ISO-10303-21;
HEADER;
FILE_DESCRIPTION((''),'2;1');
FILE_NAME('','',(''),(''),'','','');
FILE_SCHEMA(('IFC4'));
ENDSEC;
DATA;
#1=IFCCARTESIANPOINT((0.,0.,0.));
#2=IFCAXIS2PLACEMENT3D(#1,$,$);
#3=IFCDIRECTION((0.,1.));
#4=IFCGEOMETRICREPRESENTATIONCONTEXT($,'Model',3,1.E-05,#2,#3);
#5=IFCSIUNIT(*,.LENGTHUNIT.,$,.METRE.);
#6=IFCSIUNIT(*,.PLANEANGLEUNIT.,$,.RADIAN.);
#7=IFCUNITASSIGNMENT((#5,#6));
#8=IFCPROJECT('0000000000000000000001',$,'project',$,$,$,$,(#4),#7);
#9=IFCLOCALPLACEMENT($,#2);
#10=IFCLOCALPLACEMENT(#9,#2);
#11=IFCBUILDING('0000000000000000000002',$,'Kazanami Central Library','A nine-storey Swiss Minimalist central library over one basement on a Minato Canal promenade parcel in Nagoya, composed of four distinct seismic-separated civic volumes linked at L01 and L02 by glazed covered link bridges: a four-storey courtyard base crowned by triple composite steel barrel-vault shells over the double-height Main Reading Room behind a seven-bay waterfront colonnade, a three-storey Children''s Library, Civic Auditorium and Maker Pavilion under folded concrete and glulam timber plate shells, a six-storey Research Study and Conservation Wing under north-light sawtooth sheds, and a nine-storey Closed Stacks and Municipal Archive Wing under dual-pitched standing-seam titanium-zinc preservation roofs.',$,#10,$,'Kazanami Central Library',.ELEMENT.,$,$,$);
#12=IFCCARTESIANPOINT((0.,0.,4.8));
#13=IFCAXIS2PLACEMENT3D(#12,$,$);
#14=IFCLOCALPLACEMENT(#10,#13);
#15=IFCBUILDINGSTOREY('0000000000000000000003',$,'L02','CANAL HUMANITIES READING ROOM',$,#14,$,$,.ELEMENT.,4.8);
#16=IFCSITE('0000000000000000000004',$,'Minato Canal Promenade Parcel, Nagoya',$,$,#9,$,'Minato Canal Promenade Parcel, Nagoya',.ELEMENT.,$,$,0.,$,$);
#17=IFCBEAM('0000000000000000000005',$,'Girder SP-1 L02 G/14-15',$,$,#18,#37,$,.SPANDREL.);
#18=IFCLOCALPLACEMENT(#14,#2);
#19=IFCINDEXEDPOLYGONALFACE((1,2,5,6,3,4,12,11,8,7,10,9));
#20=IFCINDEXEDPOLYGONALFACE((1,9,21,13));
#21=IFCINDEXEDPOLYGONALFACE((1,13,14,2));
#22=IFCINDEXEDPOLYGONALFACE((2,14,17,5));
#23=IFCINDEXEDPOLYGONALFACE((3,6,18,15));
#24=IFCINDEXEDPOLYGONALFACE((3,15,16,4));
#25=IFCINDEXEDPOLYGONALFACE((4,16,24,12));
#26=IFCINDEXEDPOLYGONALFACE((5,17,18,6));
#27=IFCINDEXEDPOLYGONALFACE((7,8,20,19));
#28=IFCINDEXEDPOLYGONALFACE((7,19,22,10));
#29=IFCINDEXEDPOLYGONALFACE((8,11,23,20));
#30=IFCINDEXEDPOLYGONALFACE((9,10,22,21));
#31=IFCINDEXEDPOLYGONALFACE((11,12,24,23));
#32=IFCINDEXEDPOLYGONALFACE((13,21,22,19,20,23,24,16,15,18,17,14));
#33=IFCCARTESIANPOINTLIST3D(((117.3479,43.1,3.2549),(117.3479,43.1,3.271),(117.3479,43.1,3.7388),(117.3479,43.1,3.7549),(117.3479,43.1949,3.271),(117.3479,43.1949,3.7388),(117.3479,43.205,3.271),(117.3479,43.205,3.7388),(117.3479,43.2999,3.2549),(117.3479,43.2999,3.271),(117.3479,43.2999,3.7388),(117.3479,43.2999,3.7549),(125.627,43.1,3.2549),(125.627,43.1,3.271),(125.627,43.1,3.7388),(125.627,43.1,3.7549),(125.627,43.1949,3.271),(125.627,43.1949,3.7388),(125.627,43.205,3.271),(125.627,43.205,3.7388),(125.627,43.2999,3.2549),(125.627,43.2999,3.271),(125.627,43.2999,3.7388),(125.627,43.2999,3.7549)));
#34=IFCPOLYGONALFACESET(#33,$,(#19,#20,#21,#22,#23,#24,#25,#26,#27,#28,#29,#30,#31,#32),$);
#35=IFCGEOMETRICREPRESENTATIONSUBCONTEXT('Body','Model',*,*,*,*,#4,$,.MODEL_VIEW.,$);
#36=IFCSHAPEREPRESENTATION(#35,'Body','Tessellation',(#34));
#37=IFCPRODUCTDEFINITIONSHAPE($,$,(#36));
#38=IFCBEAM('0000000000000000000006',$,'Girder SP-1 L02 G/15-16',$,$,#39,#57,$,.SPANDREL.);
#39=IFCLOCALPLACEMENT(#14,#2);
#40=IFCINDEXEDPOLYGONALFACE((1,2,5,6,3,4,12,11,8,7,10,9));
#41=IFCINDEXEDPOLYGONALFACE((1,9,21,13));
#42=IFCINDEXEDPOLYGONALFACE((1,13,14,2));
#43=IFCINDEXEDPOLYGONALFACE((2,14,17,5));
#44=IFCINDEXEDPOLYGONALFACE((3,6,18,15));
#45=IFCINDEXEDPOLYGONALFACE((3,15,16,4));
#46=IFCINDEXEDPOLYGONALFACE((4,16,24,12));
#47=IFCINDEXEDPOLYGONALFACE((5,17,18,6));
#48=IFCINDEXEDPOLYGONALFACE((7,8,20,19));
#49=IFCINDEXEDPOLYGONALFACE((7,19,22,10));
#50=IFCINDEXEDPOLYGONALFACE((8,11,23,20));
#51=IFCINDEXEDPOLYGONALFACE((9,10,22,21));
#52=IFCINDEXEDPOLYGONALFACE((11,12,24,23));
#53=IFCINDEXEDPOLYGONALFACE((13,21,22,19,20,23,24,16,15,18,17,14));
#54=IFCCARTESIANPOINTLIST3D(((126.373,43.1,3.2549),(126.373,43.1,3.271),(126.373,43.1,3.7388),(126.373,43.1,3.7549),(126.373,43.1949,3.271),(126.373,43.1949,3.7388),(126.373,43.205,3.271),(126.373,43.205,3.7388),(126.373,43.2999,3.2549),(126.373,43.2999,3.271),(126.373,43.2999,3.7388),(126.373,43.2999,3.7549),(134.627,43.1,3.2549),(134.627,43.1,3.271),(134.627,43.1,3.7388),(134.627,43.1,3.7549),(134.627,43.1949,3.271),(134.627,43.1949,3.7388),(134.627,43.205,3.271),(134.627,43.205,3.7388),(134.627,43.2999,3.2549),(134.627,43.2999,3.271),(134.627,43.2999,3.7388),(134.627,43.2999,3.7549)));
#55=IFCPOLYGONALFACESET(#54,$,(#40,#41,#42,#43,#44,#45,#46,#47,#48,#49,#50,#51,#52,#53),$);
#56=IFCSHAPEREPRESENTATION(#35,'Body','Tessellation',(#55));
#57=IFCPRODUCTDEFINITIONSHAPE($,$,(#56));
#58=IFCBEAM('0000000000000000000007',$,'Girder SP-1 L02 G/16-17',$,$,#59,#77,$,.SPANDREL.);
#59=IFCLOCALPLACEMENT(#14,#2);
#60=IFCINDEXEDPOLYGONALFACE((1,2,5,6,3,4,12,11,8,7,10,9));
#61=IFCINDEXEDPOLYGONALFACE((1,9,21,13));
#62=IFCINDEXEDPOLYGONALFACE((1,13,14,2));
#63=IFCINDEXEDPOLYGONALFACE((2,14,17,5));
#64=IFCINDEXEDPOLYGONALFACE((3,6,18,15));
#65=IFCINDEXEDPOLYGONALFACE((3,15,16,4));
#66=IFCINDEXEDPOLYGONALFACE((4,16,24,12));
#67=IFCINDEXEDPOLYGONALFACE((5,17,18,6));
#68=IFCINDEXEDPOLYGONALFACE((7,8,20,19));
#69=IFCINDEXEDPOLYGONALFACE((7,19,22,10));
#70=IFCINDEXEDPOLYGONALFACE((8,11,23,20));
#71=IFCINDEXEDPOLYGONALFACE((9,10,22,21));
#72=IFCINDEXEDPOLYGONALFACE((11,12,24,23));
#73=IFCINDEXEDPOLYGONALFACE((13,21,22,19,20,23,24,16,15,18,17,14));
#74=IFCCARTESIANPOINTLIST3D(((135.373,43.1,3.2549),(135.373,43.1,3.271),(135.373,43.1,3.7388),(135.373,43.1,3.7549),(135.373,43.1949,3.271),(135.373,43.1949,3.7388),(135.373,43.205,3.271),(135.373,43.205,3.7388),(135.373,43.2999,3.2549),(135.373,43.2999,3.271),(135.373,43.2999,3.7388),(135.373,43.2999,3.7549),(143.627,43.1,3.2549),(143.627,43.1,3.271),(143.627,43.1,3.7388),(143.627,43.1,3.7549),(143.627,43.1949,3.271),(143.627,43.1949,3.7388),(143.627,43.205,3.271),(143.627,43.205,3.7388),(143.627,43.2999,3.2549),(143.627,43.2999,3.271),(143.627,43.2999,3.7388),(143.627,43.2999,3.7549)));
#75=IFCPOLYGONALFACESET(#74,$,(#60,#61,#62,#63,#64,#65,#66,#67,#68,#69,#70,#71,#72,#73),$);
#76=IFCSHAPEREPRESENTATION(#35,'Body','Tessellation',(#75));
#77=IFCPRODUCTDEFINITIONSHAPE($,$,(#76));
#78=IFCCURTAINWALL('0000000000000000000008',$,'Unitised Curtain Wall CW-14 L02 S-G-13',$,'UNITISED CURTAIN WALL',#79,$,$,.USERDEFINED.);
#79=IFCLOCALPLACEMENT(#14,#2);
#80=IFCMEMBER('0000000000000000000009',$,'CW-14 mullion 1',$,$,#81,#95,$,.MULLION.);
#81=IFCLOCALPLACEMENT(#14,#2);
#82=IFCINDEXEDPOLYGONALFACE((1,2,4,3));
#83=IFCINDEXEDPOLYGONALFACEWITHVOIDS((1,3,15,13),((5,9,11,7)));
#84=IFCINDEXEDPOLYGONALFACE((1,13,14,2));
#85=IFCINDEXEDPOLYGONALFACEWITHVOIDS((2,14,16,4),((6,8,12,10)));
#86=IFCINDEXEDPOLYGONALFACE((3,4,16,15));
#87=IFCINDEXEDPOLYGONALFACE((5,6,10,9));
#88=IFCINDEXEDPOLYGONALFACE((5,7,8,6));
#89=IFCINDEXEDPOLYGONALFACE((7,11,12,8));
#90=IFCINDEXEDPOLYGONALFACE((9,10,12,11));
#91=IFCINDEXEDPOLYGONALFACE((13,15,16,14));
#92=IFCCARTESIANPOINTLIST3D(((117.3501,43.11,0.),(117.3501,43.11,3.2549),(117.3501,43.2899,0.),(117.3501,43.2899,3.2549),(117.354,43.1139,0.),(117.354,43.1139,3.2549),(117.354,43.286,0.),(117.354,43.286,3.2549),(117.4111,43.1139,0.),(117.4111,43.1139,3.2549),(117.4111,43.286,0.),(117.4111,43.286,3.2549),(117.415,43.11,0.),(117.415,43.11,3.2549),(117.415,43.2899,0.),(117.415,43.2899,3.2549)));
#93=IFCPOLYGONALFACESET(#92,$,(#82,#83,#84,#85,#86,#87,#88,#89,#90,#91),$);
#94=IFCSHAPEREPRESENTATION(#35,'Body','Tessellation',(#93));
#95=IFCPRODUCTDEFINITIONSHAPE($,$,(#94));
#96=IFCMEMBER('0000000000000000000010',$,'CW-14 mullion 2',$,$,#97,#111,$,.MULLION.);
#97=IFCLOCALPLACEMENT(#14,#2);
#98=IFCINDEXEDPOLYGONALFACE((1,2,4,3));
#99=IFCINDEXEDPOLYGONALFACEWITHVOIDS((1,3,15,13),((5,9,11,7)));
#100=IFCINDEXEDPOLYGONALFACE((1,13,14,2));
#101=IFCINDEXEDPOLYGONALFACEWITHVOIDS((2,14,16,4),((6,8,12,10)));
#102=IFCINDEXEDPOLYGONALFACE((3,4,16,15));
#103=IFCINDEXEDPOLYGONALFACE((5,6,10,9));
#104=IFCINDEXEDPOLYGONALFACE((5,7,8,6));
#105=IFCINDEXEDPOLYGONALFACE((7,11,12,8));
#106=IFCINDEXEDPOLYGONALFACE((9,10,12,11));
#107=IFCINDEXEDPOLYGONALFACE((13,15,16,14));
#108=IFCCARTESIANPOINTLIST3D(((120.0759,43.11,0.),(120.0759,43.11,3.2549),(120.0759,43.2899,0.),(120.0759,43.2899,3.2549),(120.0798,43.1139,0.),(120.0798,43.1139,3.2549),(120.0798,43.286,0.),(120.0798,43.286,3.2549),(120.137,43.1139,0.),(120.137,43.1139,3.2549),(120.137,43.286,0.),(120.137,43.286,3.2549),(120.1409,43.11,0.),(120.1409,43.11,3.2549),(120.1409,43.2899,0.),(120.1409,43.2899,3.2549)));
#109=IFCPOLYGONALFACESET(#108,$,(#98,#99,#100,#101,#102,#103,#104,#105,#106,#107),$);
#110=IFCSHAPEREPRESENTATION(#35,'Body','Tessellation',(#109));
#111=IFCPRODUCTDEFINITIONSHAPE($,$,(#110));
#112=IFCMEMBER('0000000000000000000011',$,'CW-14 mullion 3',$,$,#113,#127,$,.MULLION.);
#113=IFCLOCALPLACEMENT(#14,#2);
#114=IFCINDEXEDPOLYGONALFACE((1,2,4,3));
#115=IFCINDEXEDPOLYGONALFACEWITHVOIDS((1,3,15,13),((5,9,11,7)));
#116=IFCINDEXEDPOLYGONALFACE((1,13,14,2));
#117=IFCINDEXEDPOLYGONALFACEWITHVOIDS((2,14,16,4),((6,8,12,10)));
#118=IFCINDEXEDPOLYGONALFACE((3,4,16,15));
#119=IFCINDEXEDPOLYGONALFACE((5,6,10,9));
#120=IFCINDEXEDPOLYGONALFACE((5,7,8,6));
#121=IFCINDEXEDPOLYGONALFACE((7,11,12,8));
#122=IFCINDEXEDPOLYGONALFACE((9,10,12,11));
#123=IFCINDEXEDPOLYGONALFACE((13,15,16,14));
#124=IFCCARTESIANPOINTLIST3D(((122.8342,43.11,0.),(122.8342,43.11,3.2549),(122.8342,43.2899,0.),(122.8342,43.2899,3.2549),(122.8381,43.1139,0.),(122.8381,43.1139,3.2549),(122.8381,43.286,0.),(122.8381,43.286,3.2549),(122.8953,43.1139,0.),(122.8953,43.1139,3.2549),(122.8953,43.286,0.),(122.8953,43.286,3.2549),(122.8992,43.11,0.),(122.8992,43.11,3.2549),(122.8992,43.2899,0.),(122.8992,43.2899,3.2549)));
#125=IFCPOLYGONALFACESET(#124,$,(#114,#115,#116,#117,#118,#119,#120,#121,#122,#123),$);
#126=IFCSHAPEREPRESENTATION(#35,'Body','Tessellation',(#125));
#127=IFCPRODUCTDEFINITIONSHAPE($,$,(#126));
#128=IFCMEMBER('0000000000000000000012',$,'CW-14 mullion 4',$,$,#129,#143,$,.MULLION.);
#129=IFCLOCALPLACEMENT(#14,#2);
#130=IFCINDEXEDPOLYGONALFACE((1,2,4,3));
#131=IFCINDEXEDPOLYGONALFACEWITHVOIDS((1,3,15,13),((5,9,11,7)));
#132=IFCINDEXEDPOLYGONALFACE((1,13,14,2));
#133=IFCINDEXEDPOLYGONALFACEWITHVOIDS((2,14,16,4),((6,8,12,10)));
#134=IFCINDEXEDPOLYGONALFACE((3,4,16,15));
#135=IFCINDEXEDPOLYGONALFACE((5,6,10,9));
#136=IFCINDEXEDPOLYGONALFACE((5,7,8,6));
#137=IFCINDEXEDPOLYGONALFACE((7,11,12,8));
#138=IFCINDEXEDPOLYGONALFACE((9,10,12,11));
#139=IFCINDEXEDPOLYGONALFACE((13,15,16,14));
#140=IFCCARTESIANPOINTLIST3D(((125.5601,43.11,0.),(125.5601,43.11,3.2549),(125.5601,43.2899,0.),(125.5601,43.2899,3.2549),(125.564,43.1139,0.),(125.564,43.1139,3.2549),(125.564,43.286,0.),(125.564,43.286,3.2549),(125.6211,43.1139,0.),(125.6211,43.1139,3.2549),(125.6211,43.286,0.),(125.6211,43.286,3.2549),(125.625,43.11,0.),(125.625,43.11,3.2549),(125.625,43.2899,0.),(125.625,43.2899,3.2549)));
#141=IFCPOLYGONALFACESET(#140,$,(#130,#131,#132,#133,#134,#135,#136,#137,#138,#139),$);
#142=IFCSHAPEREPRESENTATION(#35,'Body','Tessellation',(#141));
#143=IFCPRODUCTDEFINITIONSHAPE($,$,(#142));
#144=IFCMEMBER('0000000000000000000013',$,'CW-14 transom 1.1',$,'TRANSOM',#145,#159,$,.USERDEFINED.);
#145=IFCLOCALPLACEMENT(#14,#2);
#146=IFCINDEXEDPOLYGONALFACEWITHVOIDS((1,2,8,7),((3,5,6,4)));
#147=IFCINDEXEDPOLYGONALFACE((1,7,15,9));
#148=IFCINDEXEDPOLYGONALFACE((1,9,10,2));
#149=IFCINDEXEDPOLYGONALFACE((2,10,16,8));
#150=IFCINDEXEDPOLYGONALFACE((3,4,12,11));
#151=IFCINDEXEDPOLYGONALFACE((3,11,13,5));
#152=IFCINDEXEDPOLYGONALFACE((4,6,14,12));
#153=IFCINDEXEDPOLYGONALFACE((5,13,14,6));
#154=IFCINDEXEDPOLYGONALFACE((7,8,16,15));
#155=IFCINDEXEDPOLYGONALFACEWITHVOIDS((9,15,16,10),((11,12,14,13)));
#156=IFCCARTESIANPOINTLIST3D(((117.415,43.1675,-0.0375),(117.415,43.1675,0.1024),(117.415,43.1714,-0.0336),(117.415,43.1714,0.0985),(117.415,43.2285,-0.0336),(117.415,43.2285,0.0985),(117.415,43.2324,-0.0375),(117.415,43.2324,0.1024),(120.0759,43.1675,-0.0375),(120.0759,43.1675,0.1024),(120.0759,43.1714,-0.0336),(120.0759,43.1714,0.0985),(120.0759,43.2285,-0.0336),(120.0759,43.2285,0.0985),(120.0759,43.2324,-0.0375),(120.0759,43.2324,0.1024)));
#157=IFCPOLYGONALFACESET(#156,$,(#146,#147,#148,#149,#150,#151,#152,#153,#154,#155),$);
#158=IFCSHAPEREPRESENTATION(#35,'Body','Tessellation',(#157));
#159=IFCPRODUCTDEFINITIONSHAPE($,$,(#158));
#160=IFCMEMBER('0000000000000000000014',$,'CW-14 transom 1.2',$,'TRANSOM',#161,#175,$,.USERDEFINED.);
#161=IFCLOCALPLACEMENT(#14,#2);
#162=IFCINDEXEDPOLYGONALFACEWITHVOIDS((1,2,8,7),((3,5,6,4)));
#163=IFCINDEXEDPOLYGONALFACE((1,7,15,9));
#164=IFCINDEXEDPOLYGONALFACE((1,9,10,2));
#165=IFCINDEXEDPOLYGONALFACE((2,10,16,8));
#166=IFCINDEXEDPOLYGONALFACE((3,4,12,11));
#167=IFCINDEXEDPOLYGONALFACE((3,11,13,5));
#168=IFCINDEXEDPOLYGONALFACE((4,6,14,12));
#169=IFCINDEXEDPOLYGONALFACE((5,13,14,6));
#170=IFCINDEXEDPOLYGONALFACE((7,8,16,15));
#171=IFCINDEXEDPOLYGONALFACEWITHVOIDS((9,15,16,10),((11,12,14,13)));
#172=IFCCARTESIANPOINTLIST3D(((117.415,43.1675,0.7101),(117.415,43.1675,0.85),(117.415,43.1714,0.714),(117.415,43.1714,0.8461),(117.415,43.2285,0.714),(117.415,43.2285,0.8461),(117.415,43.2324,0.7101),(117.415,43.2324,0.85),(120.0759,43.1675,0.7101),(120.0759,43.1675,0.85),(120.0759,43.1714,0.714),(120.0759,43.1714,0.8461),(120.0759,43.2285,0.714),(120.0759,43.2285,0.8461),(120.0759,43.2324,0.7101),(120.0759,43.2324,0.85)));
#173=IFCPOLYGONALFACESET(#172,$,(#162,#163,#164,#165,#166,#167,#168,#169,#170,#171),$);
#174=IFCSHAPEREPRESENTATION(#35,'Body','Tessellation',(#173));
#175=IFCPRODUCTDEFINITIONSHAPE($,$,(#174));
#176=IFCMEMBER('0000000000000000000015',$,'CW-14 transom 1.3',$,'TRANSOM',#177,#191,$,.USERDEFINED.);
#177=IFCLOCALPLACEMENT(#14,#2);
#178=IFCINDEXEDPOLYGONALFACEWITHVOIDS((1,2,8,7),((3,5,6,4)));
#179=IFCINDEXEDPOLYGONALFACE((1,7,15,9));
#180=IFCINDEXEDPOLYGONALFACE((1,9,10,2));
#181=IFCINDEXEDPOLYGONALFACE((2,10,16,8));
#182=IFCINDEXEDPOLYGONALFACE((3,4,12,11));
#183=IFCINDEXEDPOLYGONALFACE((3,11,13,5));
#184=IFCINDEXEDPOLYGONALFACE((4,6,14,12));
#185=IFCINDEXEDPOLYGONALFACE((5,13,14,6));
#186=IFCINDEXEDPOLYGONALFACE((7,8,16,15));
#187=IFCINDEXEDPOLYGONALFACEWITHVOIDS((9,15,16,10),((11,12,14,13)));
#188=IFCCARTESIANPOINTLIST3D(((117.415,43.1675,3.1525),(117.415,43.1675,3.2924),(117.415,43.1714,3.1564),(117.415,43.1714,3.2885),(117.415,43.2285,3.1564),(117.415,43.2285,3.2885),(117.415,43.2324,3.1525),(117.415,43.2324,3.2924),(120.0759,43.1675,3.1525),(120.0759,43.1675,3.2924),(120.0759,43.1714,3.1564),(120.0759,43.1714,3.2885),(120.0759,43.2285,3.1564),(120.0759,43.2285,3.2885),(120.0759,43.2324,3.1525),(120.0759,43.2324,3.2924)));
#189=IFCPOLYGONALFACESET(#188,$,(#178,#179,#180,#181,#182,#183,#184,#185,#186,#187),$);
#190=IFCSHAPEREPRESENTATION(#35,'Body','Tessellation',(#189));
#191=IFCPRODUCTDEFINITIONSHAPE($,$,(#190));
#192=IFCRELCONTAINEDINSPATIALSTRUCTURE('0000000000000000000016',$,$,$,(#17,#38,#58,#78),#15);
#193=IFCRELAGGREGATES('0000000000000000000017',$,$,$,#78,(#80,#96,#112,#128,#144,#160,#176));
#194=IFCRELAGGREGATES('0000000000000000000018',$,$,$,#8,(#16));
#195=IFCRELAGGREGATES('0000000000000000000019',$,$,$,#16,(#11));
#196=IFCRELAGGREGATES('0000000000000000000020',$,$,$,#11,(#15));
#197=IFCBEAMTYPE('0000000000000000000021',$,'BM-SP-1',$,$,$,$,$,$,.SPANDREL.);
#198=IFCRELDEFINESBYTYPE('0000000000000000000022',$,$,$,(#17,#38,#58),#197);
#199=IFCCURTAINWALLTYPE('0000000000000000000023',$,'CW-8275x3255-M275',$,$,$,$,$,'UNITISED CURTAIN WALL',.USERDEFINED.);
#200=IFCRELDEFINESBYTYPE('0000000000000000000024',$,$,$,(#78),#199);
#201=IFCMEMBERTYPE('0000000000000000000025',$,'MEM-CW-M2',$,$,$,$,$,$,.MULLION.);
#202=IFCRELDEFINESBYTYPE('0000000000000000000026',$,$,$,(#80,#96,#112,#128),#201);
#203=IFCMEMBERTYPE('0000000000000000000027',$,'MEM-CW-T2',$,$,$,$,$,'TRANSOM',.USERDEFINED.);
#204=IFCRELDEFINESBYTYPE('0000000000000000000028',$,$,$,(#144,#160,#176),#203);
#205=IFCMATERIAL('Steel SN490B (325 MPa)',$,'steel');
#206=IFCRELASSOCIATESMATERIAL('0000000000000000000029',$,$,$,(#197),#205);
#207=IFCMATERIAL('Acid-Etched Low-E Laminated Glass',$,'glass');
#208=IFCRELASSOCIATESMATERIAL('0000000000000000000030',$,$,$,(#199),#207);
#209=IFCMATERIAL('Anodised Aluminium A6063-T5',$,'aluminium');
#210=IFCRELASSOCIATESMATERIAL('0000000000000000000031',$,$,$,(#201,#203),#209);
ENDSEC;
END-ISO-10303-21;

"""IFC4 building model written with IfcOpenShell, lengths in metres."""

from ifc_helpers import new_model, si_unit, direction, frame, origin, origin_2d, place, context, subcontext, project, spatial, hollow_rectangle, i_section, extrude, material, material_profile, profile_set, type_object, element, aggregate, save


model = new_model("IFC4")

# Units and contexts
model_context = context("Model", 3, precision=1e-05, world=origin(), true_north=direction((0.0, 1.0)))
body_context = subcontext(model_context, "Body", "Model", "MODEL_VIEW")
ifc_project = project(units=[si_unit("LENGTHUNIT", "METRE"), si_unit("PLANEANGLEUNIT", "RADIAN")], contexts=[model_context])

# Site, building, storey
site_placement = place(None, origin())
site = spatial("IfcSite", under=ifc_project, at=site_placement, Name="Minato Canal Promenade Parcel, Nagoya", LongName="Minato Canal Promenade Parcel, Nagoya", CompositionType="ELEMENT", RefElevation=0.0)
building_placement = place(site_placement, origin())
building = spatial("IfcBuilding", under=site, at=building_placement, Name="Kazanami Central Library", Description="A nine-storey Swiss Minimalist central library over one basement on a Minato Canal promenade parcel in Nagoya, composed of four distinct seismic-separated civic volumes linked at L01 and L02 by glazed covered link bridges: a four-storey courtyard base crowned by triple composite steel barrel-vault shells over the double-height Main Reading Room behind a seven-bay waterfront colonnade, a three-storey Children's Library, Civic Auditorium and Maker Pavilion under folded concrete and glulam timber plate shells, a six-storey Research Study and Conservation Wing under north-light sawtooth sheds, and a nine-storey Closed Stacks and Municipal Archive Wing under dual-pitched standing-seam titanium-zinc preservation roofs.", LongName="Kazanami Central Library", CompositionType="ELEMENT")
storey_placement = place(building_placement, frame((0.0, 0.0, 4.8)))
storey = spatial("IfcBuildingStorey", under=building, at=storey_placement, Name="L02", Description="CANAL HUMANITIES READING ROOM", CompositionType="ELEMENT", Elevation=4.8)

# Beams
ifc_material_1 = material(Name="Steel SN490B (325 MPa)", Category="steel")
ifc_material_profile_1 = material_profile(ifc_material_1, i_section(OverallWidth=0.2, OverallDepth=0.5, WebThickness=0.01, FlangeThickness=0.0161, at=origin_2d()), Name="H-500x200x10x16")
ifc_profile_set_1 = profile_set([ifc_material_profile_1], Name="Steel SN490B (325 MPa)")
beam_type_1 = type_object("IfcBeamType", Name="BM-SP-1", PredefinedType="SPANDREL", material=ifc_profile_set_1)
beam_1_placement = place(storey_placement, frame((117.3479, 43.2, 3.5049), z_axis=(1.0, 0.0, 0.0), x_axis=(0.0, 1.0, 0.0)))
element("IfcBeam", 1, at=beam_1_placement, inside=storey, type_object=beam_type_1, Name="Girder SP-1 L02 G/14-15", PredefinedType="SPANDREL", context=body_context, shape_type="SweptSolid", body=[
    extrude(i_section(OverallWidth=0.2, OverallDepth=0.5, WebThickness=0.01, FlangeThickness=0.0161, at=origin_2d()), origin(), (0.0, 0.0, 1.0), 8.2791),
])
for number, where, z_axis, x_axis, name in (
    (2, (126.373, 43.2, 3.5049), (1.0, 0.0, 0.0), (0.0, 1.0, 0.0), "Girder SP-1 L02 G/15-16"),
    (3, (135.373, 43.2, 3.5049), (1.0, 0.0, 0.0), (0.0, 1.0, 0.0), "Girder SP-1 L02 G/16-17"),
):
    element("IfcBeam", number, at=place(storey_placement, frame(where, z_axis=z_axis, x_axis=x_axis)), inside=storey, type_object=beam_type_1, Name=name, PredefinedType="SPANDREL", context=body_context, shape_type="SweptSolid", body=[
        extrude(i_section(OverallWidth=0.2, OverallDepth=0.5, WebThickness=0.01, FlangeThickness=0.0161, at=origin_2d()), origin(), (0.0, 0.0, 1.0), 8.2539),
    ])

# Curtain wall, members
ifc_material_2 = material(Name="Acid-Etched Low-E Laminated Glass", Category="glass")
curtain_wall_type = type_object("IfcCurtainWallType", Name="CW-8275x3255-M275", ElementType="UNITISED CURTAIN WALL", PredefinedType="USERDEFINED", material=ifc_material_2)
curtain_wall_placement = place(storey_placement, origin())
curtain_wall = element("IfcCurtainWall", 4, at=curtain_wall_placement, inside=storey, type_object=curtain_wall_type, Name="Unitised Curtain Wall CW-14 L02 S-G-13", ObjectType="UNITISED CURTAIN WALL", PredefinedType="USERDEFINED")
ifc_material_3 = material(Name="Anodised Aluminium A6063-T5", Category="aluminium")
ifc_material_profile_2 = material_profile(ifc_material_3, hollow_rectangle(XDim=0.0649, YDim=0.1799, WallThickness=0.0039, at=origin_2d()), Name="ALU-MULL-65x180x4")
ifc_profile_set_2 = profile_set([ifc_material_profile_2], Name="Anodised Aluminium A6063-T5")
member_type_1 = type_object("IfcMemberType", Name="MEM-CW-M2", PredefinedType="MULLION", material=ifc_profile_set_2)
member_1_placement = place(storey_placement, frame((117.3826, 43.2, 0.0), z_axis=(0.0, 0.0, 1.0), x_axis=(1.0, 0.0, 0.0)))
member_1 = element("IfcMember", 5, at=member_1_placement, type_object=member_type_1, Name="CW-14 mullion 1", PredefinedType="MULLION", context=body_context, shape_type="SweptSolid", body=[
    extrude(hollow_rectangle(XDim=0.0649, YDim=0.1799, WallThickness=0.0039, at=origin_2d()), origin(), (0.0, 0.0, 1.0), 3.2549),
])
member_2_placement = place(storey_placement, frame((120.1084, 43.2, 0.0), z_axis=(0.0, 0.0, 1.0), x_axis=(1.0, 0.0, 0.0)))
member_2 = element("IfcMember", 6, at=member_2_placement, type_object=member_type_1, Name="CW-14 mullion 2", PredefinedType="MULLION", context=body_context, shape_type="SweptSolid", body=[
    extrude(hollow_rectangle(XDim=0.0649, YDim=0.1799, WallThickness=0.0039, at=origin_2d()), origin(), (0.0, 0.0, 1.0), 3.2549),
])
member_3_placement = place(storey_placement, frame((122.8667, 43.2, 0.0), z_axis=(0.0, 0.0, 1.0), x_axis=(1.0, 0.0, 0.0)))
member_3 = element("IfcMember", 7, at=member_3_placement, type_object=member_type_1, Name="CW-14 mullion 3", PredefinedType="MULLION", context=body_context, shape_type="SweptSolid", body=[
    extrude(hollow_rectangle(XDim=0.0649, YDim=0.1799, WallThickness=0.0039, at=origin_2d()), origin(), (0.0, 0.0, 1.0), 3.2549),
])
member_4_placement = place(storey_placement, frame((125.5925, 43.2, 0.0), z_axis=(0.0, 0.0, 1.0), x_axis=(1.0, 0.0, 0.0)))
member_4 = element("IfcMember", 8, at=member_4_placement, type_object=member_type_1, Name="CW-14 mullion 4", PredefinedType="MULLION", context=body_context, shape_type="SweptSolid", body=[
    extrude(hollow_rectangle(XDim=0.0649, YDim=0.1799, WallThickness=0.0039, at=origin_2d()), origin(), (0.0, 0.0, 1.0), 3.2549),
])
ifc_material_profile_3 = material_profile(ifc_material_3, hollow_rectangle(XDim=0.0649, YDim=0.1399, WallThickness=0.0039, at=origin_2d()), Name="ALU-TRAN-65x140x4")
ifc_profile_set_3 = profile_set([ifc_material_profile_3], Name="Anodised Aluminium A6063-T5")
member_type_2 = type_object("IfcMemberType", Name="MEM-CW-T2", ElementType="TRANSOM", PredefinedType="USERDEFINED", material=ifc_profile_set_3)
member_5_placement = place(storey_placement, frame((117.415, 43.2, 0.0325), z_axis=(1.0, 0.0, 0.0), x_axis=(0.0, 1.0, 0.0)))
member_5 = element("IfcMember", 9, at=member_5_placement, type_object=member_type_2, Name="CW-14 transom 1.1", ObjectType="TRANSOM", PredefinedType="USERDEFINED", context=body_context, shape_type="SweptSolid", body=[
    extrude(hollow_rectangle(XDim=0.0649, YDim=0.1399, WallThickness=0.0039, at=origin_2d()), origin(), (0.0, 0.0, 1.0), 2.6609),
])
member_6_placement = place(storey_placement, frame((117.415, 43.2, 0.78), z_axis=(1.0, 0.0, 0.0), x_axis=(0.0, 1.0, 0.0)))
member_6 = element("IfcMember", 10, at=member_6_placement, type_object=member_type_2, Name="CW-14 transom 1.2", ObjectType="TRANSOM", PredefinedType="USERDEFINED", context=body_context, shape_type="SweptSolid", body=[
    extrude(hollow_rectangle(XDim=0.0649, YDim=0.1399, WallThickness=0.0039, at=origin_2d()), origin(), (0.0, 0.0, 1.0), 2.6609),
])
member_7_placement = place(storey_placement, frame((117.415, 43.2, 3.2224), z_axis=(1.0, 0.0, 0.0), x_axis=(0.0, 1.0, 0.0)))
member_7 = element("IfcMember", 11, at=member_7_placement, type_object=member_type_2, Name="CW-14 transom 1.3", ObjectType="TRANSOM", PredefinedType="USERDEFINED", context=body_context, shape_type="SweptSolid", body=[
    extrude(hollow_rectangle(XDim=0.0649, YDim=0.1399, WallThickness=0.0039, at=origin_2d()), origin(), (0.0, 0.0, 1.0), 2.6609),
])
aggregate(curtain_wall, [member_1, member_2, member_3, member_4, member_5, member_6, member_7])

save(model, "model.ifc")
